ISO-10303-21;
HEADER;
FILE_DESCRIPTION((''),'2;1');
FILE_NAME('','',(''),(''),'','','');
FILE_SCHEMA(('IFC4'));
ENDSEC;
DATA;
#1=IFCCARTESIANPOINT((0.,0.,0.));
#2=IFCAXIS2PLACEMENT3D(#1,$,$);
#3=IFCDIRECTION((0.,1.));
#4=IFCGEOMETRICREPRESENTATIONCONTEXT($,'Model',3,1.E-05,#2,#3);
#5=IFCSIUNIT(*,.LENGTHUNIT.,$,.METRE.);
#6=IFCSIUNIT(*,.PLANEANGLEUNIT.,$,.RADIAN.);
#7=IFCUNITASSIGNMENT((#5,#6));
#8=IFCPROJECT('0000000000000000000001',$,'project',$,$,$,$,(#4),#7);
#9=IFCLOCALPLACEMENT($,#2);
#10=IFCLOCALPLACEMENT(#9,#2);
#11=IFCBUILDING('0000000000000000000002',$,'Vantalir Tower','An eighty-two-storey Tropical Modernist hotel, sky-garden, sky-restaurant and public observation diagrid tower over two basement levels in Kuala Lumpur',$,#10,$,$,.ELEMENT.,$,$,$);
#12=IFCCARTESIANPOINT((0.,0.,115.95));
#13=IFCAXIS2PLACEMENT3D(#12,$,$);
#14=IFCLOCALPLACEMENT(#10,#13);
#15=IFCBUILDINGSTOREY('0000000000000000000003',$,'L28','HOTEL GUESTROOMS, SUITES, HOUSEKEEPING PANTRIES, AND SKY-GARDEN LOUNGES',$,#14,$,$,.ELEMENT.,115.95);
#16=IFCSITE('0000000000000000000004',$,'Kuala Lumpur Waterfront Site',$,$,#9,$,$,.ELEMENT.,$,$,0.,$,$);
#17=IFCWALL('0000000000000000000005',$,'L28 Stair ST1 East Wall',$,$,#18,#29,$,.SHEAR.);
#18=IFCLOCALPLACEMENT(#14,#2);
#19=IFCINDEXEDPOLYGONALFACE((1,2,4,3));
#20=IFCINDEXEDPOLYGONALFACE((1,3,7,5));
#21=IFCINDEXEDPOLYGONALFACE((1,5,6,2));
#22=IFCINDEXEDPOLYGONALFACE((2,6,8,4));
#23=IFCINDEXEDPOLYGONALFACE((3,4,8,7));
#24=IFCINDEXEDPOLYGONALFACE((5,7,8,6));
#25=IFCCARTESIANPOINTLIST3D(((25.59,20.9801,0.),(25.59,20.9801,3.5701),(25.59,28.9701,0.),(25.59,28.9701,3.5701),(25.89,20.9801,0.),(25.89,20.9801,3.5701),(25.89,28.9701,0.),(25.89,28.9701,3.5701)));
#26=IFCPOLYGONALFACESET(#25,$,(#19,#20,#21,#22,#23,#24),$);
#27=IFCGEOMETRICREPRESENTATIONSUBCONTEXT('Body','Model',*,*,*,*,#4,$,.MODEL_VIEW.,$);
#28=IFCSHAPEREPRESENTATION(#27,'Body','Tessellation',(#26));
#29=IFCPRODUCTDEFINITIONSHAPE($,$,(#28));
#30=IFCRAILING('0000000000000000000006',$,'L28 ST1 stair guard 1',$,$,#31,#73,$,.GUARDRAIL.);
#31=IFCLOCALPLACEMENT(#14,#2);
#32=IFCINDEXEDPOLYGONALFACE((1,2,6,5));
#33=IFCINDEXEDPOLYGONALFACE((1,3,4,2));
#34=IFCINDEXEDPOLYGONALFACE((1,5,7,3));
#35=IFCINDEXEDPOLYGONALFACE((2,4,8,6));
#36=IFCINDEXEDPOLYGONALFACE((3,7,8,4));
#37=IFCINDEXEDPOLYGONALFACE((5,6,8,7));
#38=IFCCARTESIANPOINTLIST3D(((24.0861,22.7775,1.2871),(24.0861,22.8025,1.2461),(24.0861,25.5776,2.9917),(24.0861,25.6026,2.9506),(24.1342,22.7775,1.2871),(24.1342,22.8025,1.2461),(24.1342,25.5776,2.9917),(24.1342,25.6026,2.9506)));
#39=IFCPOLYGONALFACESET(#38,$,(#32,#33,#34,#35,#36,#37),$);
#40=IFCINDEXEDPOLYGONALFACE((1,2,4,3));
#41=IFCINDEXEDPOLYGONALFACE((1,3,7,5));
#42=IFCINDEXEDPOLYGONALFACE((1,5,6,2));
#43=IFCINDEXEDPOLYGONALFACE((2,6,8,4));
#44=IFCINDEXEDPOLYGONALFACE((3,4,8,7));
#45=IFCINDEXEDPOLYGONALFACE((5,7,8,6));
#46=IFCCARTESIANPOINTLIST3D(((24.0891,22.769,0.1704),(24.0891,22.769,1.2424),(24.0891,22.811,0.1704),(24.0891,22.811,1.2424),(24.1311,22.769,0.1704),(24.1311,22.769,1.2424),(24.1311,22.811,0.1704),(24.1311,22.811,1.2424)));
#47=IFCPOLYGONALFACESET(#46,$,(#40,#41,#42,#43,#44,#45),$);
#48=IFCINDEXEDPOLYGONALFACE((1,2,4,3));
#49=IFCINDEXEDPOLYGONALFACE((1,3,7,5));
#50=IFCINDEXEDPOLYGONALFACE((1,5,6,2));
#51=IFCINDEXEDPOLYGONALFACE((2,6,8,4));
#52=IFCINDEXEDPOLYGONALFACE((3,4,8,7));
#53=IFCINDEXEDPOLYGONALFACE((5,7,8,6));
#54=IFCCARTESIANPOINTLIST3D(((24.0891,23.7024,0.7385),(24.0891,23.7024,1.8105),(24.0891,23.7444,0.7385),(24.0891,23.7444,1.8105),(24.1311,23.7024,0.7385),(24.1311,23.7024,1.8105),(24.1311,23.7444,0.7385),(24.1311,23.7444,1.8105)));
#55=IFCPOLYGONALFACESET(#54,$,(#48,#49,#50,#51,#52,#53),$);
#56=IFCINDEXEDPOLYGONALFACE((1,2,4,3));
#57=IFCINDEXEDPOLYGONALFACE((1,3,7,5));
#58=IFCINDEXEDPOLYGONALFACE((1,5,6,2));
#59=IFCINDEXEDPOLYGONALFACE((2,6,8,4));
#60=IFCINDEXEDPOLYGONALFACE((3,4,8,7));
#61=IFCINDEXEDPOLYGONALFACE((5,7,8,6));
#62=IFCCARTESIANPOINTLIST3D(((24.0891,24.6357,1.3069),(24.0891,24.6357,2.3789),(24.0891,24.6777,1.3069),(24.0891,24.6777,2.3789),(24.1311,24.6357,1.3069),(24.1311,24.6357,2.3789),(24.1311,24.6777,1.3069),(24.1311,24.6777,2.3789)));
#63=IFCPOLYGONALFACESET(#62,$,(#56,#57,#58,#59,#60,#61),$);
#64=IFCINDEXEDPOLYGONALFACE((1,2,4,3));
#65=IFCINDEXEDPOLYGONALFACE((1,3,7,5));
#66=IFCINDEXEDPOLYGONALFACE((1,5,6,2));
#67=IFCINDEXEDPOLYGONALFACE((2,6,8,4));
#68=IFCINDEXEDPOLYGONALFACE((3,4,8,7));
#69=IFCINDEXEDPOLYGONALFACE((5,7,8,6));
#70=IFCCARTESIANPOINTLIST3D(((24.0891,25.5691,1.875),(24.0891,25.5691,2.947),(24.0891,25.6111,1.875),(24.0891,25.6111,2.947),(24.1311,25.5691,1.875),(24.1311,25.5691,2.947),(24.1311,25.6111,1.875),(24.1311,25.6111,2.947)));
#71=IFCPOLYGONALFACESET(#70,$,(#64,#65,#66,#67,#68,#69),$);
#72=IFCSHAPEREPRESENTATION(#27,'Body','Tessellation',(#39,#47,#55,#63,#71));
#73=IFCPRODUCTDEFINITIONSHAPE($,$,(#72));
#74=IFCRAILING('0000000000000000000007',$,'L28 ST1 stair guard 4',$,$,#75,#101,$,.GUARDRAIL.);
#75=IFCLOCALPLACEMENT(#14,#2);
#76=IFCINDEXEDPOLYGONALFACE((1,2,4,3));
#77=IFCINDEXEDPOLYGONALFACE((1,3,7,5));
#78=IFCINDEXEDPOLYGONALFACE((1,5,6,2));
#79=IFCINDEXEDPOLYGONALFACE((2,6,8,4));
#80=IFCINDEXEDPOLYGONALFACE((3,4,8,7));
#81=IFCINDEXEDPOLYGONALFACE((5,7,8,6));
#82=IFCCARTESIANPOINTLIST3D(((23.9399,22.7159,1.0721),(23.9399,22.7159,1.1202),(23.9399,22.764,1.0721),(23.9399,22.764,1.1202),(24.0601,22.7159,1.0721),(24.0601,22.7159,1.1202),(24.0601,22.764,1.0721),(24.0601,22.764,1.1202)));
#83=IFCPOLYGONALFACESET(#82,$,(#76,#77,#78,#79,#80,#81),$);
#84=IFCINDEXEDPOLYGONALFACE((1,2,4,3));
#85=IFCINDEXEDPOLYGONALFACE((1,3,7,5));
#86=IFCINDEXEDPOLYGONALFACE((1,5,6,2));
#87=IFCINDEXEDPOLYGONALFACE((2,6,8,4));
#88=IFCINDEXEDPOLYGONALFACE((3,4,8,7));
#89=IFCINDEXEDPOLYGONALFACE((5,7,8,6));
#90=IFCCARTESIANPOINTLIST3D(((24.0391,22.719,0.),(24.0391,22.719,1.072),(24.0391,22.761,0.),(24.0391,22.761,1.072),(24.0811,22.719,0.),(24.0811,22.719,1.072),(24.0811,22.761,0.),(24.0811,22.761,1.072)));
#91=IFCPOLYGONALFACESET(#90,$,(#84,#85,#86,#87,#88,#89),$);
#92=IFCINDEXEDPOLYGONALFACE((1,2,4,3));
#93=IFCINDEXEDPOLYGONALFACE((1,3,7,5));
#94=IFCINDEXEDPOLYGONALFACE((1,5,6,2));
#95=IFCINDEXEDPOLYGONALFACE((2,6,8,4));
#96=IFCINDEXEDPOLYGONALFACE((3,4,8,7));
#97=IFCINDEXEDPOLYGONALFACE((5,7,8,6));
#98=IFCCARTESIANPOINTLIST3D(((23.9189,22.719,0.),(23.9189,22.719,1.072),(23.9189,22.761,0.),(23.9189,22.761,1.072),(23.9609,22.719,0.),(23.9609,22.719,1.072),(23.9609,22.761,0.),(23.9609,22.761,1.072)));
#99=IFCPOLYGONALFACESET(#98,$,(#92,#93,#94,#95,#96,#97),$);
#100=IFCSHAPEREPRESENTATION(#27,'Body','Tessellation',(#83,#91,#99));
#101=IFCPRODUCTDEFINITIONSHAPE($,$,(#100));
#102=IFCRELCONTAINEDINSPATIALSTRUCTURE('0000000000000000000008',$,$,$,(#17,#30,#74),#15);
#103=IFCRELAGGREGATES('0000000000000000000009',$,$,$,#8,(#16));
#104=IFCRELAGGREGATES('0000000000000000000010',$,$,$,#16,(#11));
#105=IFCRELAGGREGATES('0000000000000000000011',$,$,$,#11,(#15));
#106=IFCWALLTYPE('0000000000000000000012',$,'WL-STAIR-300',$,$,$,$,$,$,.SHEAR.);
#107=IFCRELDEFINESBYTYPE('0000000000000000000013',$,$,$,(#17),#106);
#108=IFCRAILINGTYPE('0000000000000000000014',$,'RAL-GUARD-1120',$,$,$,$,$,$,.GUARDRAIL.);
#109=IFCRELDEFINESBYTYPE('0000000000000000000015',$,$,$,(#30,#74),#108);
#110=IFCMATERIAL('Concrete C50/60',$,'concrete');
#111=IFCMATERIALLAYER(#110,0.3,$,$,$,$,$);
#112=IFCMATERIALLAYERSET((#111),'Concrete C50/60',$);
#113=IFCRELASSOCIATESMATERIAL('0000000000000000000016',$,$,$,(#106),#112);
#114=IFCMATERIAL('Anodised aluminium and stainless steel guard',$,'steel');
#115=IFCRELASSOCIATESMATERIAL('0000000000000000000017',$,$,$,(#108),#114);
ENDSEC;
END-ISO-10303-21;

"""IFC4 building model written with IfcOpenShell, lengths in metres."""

from ifc_helpers import new_model, si_unit, direction, frame, frame_2d, origin, origin_2d, place, context, subcontext, project, spatial, rectangle, extrude, material, layer, layer_set, type_object, element, save


model = new_model("IFC4")

# Units and contexts
model_context = context("Model", 3, precision=1e-05, world=origin(), true_north=direction((0.0, 1.0)))
body_context = subcontext(model_context, "Body", "Model", "MODEL_VIEW")
ifc_project = project(units=[si_unit("LENGTHUNIT", "METRE"), si_unit("PLANEANGLEUNIT", "RADIAN")], contexts=[model_context])

# Site, building, storey
site_placement = place(None, origin())
site = spatial("IfcSite", under=ifc_project, at=site_placement, Name="Kuala Lumpur Waterfront Site", CompositionType="ELEMENT", RefElevation=0.0)
building_placement = place(site_placement, origin())
building = spatial("IfcBuilding", under=site, at=building_placement, Name="Vantalir Tower", Description="An eighty-two-storey Tropical Modernist hotel, sky-garden, sky-restaurant and public observation diagrid tower over two basement levels in Kuala Lumpur", CompositionType="ELEMENT")
storey_placement = place(building_placement, frame((0.0, 0.0, 115.95)))
storey = spatial("IfcBuildingStorey", under=building, at=storey_placement, Name="L28", Description="HOTEL GUESTROOMS, SUITES, HOUSEKEEPING PANTRIES, AND SKY-GARDEN LOUNGES", CompositionType="ELEMENT", Elevation=115.95)

# Shared definitions
ifc_material_1 = material(Name="Concrete C50/60", Category="concrete")
ifc_layer_1 = layer(ifc_material_1, 0.3)
ifc_layer_set_1 = layer_set([ifc_layer_1], Name="Concrete C50/60")
wall_type_1 = type_object("IfcWallType", Name="WL-STAIR-300", PredefinedType="SHEAR", material=ifc_layer_set_1)

# Wall
wall_1_placement = place(storey_placement, frame((25.74, 20.98, 0.0), z_axis=(0.0, 0.0, 1.0), x_axis=(0.0, 1.0, 0.0)))
element("IfcWall", 1, at=wall_1_placement, inside=storey, type_object=wall_type_1, Name="L28 Stair ST1 East Wall", PredefinedType="SHEAR", context=body_context, shape_type="SweptSolid", body=[
    extrude(rectangle(XDim=7.99, YDim=0.3, at=frame_2d((3.9951, 0.0))), origin(), (0.0, 0.0, 1.0), 3.5701),
])

# Railings
ifc_material_2 = material(Name="Anodised aluminium and stainless steel guard", Category="steel")
railing_type = type_object("IfcRailingType", Name="RAL-GUARD-1120", PredefinedType="GUARDRAIL", material=ifc_material_2)
railing_1_placement = place(storey_placement, frame((24.1101, 22.79, 0.1704)))
element("IfcRailing", 2, at=railing_1_placement, inside=storey, type_object=railing_type, Name="L28 ST1 stair guard 1", PredefinedType="GUARDRAIL", context=body_context, shape_type="SweptSolid", body=[
    extrude(rectangle(XDim=0.0481, YDim=0.0481, at=origin_2d()), frame((0.0, 0.0, 1.0962), z_axis=(0.0, 0.85417, 0.519994), x_axis=(-1.0, 0.0, 0.0)), (0.0, 0.0, 1.0), 3.2781),
    extrude(rectangle(XDim=0.042, YDim=0.042, at=origin_2d()), origin(), (0.0, 0.0, 1.0), 1.072),
    extrude(rectangle(XDim=0.042, YDim=0.042, at=origin_2d()), frame((0.0, 0.9333, 0.5681)), (0.0, 0.0, 1.0), 1.072),
    extrude(rectangle(XDim=0.042, YDim=0.042, at=origin_2d()), frame((0.0, 1.8667, 1.1365)), (0.0, 0.0, 1.0), 1.072),
    extrude(rectangle(XDim=0.042, YDim=0.042, at=origin_2d()), frame((0.0, 2.8, 1.7046)), (0.0, 0.0, 1.0), 1.072),
])
railing_2_placement = place(storey_placement, frame((24.0601, 22.74, 0.0)))
element("IfcRailing", 3, at=railing_2_placement, inside=storey, type_object=railing_type, Name="L28 ST1 stair guard 4", PredefinedType="GUARDRAIL", context=body_context, shape_type="SweptSolid", body=[
    extrude(rectangle(XDim=0.0481, YDim=0.0481, at=origin_2d()), frame((0.0, 0.0, 1.0962), z_axis=(-1.0, 0.0, 0.0), x_axis=(0.0, -1.0, 0.0)), (0.0, 0.0, 1.0), 0.1201),
    extrude(rectangle(XDim=0.042, YDim=0.042, at=origin_2d()), origin(), (0.0, 0.0, 1.0), 1.072),
    extrude(rectangle(XDim=0.042, YDim=0.042, at=origin_2d()), frame((-0.1201, 0.0, 0.0)), (0.0, 0.0, 1.0), 1.072),
])

save(model, "model.ifc")
